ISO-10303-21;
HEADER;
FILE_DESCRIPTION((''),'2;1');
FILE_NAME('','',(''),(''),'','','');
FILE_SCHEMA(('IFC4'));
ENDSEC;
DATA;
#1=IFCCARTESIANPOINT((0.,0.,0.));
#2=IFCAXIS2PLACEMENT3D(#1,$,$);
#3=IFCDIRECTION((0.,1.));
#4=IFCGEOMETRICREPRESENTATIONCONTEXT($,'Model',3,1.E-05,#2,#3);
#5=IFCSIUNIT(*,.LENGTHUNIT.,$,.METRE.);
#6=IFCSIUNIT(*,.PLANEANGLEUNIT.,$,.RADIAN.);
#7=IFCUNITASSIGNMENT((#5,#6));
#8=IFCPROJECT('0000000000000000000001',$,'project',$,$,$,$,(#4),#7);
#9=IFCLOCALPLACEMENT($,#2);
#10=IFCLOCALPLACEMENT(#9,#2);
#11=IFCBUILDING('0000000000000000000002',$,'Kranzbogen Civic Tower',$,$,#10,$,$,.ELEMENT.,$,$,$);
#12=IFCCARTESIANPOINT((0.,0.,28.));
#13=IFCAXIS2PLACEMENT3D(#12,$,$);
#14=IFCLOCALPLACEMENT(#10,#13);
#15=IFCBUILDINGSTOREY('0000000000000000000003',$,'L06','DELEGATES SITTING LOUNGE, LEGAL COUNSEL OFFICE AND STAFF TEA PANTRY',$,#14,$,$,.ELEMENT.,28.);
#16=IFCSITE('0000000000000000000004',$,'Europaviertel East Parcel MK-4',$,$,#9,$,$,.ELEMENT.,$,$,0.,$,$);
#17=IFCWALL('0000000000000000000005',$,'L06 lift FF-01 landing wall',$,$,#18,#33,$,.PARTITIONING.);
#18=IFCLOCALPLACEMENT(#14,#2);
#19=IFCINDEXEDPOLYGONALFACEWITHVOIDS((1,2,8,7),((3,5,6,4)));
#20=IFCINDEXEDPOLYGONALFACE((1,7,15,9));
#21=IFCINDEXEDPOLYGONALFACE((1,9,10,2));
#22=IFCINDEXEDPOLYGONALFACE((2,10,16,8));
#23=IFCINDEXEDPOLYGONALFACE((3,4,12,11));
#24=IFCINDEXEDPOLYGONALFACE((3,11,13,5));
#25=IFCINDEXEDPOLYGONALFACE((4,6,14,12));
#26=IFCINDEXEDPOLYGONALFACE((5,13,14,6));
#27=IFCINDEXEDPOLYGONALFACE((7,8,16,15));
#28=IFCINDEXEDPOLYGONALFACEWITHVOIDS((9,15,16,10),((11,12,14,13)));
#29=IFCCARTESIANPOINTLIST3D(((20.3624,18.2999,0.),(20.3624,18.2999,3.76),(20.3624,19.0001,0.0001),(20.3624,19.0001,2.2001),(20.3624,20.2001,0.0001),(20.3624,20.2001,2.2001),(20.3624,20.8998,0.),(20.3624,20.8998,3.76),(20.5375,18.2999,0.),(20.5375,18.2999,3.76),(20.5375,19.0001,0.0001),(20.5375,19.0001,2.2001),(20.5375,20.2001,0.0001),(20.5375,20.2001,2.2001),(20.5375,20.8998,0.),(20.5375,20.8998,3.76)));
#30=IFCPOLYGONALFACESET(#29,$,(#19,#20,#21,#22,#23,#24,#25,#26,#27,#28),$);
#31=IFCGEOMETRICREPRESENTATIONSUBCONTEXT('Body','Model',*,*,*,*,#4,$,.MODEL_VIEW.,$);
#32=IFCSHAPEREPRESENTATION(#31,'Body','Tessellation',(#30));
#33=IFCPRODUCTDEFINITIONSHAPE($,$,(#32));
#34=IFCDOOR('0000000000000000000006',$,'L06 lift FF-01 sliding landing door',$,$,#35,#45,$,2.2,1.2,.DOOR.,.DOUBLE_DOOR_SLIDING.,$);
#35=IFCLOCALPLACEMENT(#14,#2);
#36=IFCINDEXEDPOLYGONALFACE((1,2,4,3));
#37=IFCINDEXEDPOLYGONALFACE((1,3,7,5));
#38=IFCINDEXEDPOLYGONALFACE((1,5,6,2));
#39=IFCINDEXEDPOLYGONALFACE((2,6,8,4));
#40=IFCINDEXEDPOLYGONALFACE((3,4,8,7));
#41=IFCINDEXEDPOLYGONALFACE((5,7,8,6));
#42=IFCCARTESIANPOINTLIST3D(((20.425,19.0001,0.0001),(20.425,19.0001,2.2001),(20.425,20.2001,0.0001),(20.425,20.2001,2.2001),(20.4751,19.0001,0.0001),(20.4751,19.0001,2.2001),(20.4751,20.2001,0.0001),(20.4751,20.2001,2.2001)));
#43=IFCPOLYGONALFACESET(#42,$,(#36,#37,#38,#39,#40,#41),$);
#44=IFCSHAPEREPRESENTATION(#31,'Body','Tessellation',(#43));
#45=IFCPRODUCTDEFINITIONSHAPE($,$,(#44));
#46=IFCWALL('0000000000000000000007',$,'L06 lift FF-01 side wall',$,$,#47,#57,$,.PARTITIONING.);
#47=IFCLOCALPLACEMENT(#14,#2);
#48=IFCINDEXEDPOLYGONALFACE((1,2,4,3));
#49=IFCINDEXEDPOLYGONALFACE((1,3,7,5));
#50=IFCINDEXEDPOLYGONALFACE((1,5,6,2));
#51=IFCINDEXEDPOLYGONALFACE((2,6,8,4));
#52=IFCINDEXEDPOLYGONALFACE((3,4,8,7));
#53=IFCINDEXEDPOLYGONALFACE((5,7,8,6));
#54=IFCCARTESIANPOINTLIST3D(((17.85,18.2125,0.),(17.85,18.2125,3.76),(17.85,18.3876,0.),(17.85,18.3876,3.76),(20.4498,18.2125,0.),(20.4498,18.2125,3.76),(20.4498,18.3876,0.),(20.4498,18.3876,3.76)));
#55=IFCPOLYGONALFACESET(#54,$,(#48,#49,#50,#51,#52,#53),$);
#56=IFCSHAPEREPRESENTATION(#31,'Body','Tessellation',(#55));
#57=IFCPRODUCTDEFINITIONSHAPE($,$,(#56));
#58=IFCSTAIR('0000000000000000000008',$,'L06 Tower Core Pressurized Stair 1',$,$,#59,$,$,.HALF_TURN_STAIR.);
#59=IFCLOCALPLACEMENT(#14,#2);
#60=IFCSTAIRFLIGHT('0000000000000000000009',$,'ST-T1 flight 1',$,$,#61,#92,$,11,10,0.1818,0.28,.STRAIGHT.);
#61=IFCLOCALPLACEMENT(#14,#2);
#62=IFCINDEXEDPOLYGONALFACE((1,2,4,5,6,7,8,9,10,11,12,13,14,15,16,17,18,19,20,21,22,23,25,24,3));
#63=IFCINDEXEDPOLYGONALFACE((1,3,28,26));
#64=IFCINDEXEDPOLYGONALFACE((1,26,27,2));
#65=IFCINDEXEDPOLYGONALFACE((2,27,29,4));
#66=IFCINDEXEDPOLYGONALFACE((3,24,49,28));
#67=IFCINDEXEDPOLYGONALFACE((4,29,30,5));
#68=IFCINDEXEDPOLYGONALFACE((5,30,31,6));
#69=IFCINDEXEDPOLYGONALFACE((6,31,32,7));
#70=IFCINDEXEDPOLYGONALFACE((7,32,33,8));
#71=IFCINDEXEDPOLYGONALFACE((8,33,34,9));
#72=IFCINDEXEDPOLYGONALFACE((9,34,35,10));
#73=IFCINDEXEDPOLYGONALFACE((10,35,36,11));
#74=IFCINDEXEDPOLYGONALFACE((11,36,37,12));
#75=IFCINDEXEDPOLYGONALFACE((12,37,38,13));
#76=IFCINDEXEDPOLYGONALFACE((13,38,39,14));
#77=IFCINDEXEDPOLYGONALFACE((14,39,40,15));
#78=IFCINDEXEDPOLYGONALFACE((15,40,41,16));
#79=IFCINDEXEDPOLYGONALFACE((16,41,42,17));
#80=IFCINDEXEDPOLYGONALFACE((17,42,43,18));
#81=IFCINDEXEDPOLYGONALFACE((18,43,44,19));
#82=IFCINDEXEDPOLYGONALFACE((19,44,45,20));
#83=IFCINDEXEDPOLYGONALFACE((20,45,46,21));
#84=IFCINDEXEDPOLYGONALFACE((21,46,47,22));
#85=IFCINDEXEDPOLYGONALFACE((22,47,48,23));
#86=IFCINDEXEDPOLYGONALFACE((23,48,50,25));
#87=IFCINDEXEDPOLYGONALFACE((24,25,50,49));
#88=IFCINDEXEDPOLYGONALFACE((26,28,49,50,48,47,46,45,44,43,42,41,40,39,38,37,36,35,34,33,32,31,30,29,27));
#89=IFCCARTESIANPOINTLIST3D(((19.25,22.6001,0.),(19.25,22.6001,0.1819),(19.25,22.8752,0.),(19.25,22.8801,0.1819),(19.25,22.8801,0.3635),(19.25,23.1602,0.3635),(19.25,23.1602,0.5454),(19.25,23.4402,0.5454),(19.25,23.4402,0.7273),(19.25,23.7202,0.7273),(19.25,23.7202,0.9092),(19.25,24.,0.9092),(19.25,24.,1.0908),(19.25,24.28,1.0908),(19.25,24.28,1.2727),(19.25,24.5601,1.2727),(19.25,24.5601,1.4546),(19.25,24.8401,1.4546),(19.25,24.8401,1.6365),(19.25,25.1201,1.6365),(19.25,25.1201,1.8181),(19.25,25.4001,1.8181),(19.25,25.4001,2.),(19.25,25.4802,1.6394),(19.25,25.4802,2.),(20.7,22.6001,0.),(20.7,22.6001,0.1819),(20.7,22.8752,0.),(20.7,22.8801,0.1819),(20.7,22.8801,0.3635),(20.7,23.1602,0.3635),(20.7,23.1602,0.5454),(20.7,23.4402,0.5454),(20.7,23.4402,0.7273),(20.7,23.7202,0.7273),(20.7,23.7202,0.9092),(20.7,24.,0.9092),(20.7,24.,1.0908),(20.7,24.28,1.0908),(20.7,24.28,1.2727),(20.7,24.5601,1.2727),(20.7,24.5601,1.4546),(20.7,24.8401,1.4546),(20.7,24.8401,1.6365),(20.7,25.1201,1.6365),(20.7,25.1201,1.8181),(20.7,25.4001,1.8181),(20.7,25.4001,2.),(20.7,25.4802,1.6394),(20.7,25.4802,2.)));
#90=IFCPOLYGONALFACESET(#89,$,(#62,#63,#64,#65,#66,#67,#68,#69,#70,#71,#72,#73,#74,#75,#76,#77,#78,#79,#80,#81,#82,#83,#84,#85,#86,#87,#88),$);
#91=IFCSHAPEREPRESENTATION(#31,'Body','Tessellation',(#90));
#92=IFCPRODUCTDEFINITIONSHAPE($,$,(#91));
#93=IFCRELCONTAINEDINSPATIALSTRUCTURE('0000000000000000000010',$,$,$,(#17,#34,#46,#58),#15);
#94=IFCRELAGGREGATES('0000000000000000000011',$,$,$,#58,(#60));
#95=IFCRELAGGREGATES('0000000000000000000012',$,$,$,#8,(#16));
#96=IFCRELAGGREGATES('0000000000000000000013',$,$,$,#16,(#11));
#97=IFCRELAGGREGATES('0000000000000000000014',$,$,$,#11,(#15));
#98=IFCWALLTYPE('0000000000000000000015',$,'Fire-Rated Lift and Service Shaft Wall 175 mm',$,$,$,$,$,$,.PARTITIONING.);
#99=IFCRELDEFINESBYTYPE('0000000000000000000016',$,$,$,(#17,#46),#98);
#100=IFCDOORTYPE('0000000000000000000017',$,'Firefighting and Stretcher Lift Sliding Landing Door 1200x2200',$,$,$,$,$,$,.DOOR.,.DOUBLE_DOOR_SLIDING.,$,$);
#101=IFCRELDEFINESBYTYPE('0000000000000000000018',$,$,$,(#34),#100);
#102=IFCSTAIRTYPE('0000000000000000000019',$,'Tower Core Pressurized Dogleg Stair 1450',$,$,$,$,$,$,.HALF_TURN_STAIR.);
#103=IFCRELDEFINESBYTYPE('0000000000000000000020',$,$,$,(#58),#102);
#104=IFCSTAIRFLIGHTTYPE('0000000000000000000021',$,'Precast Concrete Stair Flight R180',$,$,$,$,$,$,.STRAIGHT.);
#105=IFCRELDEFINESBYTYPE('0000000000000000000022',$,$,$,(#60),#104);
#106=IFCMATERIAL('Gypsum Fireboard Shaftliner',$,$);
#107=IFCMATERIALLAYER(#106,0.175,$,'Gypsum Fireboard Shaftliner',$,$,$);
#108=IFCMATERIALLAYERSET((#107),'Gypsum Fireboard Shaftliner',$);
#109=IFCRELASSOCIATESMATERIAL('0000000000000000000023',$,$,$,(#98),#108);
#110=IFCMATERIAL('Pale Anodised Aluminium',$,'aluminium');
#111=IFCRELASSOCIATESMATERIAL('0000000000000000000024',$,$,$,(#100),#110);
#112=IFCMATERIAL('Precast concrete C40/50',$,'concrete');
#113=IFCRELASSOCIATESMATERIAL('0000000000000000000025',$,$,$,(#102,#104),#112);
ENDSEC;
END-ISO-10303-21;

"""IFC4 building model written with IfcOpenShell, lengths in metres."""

from ifc_helpers import new_model, si_unit, direction, frame, frame_2d, origin, place, context, subcontext, project, spatial, polyline, rectangle, outline, extrude, material, layer, layer_set, type_object, element, fill, aggregate, save


model = new_model("IFC4")

# Units and contexts
model_context = context("Model", 3, precision=1e-05, world=origin(), true_north=direction((0.0, 1.0)))
body_context = subcontext(model_context, "Body", "Model", "MODEL_VIEW")
ifc_project = project(units=[si_unit("LENGTHUNIT", "METRE"), si_unit("PLANEANGLEUNIT", "RADIAN")], contexts=[model_context])

# Site, building, storey
site_placement = place(None, origin())
site = spatial("IfcSite", under=ifc_project, at=site_placement, Name="Europaviertel East Parcel MK-4", CompositionType="ELEMENT", RefElevation=0.0)
building_placement = place(site_placement, origin())
building = spatial("IfcBuilding", under=site, at=building_placement, Name="Kranzbogen Civic Tower", CompositionType="ELEMENT")
storey_placement = place(building_placement, frame((0.0, 0.0, 28.0)))
storey = spatial("IfcBuildingStorey", under=building, at=storey_placement, Name="L06", Description="DELEGATES SITTING LOUNGE, LEGAL COUNSEL OFFICE AND STAFF TEA PANTRY", CompositionType="ELEMENT", Elevation=28.0)

# Shared definitions
ifc_material_1 = material(Name="Pale Anodised Aluminium", Category="aluminium")

# Wall, opening, door
ifc_material_2 = material(Name="Gypsum Fireboard Shaftliner")
ifc_layer_1 = layer(ifc_material_2, 0.175, Name="Gypsum Fireboard Shaftliner")
ifc_layer_set_1 = layer_set([ifc_layer_1], Name="Gypsum Fireboard Shaftliner")
wall_type_1 = type_object("IfcWallType", Name="Fire-Rated Lift and Service Shaft Wall 175 mm", PredefinedType="PARTITIONING", material=ifc_layer_set_1)
wall_1_placement = place(storey_placement, frame((20.45, 18.3, 0.0), z_axis=(0.0, 0.0, 1.0), x_axis=(0.0, 1.0, 0.0)))
wall_1 = element("IfcWall", 1, at=wall_1_placement, inside=storey, type_object=wall_type_1, Name="L06 lift FF-01 landing wall", PredefinedType="PARTITIONING", context=body_context, shape_type="SweptSolid", body=[
    extrude(rectangle(XDim=2.5999, YDim=0.175, at=frame_2d((1.2998, 0.0))), origin(), (0.0, 0.0, 1.0), 3.76),
])
opening_1_placement = place(wall_1_placement, frame((0.7, 0.0, 0.0)))
opening_1 = element("IfcOpeningElement", 2, at=opening_1_placement, cuts=wall_1, PredefinedType="OPENING", context=body_context, shape_type="SweptSolid", body=[
    extrude(rectangle(XDim=1.2, YDim=2.2, at=frame_2d((0.6001, 1.1001))), frame((0.0, 0.0977, 0.0), z_axis=(0.0, -1.0, 0.0), x_axis=(1.0, 0.0, 0.0)), (0.0, 0.0, 1.0), 0.1951),
])
door_type_1 = type_object("IfcDoorType", Name="Firefighting and Stretcher Lift Sliding Landing Door 1200x2200", OperationType="DOUBLE_DOOR_SLIDING", PredefinedType="DOOR", material=ifc_material_1)
door_1_placement = place(opening_1_placement, origin())
door_1 = element("IfcDoor", 3, at=door_1_placement, inside=storey, type_object=door_type_1, Name="L06 lift FF-01 sliding landing door", OperationType="DOUBLE_DOOR_SLIDING", OverallHeight=2.2, OverallWidth=1.2, PredefinedType="DOOR", context=body_context, shape_type="SweptSolid", body=[
    extrude(rectangle(XDim=1.2, YDim=2.2, at=frame_2d((0.6001, 1.1001))), frame((0.0, 0.0249, 0.0), z_axis=(0.0, -1.0, 0.0), x_axis=(1.0, 0.0, 0.0)), (0.0, 0.0, 1.0), 0.05),
])
fill(opening_1, door_1)

# Wall
wall_2_placement = place(storey_placement, frame((17.8501, 18.3, 0.0), z_axis=(0.0, 0.0, 1.0), x_axis=(1.0, 0.0, 0.0)))
element("IfcWall", 4, at=wall_2_placement, inside=storey, type_object=wall_type_1, Name="L06 lift FF-01 side wall", PredefinedType="PARTITIONING", context=body_context, shape_type="SweptSolid", body=[
    extrude(rectangle(XDim=2.5999, YDim=0.175, at=frame_2d((1.2998, 0.0))), origin(), (0.0, 0.0, 1.0), 3.76),
])

# Stair, stair flight
ifc_material_3 = material(Name="Precast concrete C40/50", Category="concrete")
stair_type = type_object("IfcStairType", Name="Tower Core Pressurized Dogleg Stair 1450", PredefinedType="HALF_TURN_STAIR", material=ifc_material_3)
stair_placement = place(storey_placement, origin())
stair = element("IfcStair", 5, at=stair_placement, inside=storey, type_object=stair_type, Name="L06 Tower Core Pressurized Stair 1", PredefinedType="HALF_TURN_STAIR")
stair_flight_type = type_object("IfcStairFlightType", Name="Precast Concrete Stair Flight R180", PredefinedType="STRAIGHT", material=ifc_material_3)
stair_flight_placement = place(storey_placement, frame((19.9751, 22.6001, 0.0), z_axis=(0.0, 0.0, 1.0), x_axis=(0.0, 1.0, 0.0)))
stair_flight = element("IfcStairFlight", 6, at=stair_flight_placement, type_object=stair_flight_type, Name="ST-T1 flight 1", NumberOfRisers=11, NumberOfTreads=10, PredefinedType="STRAIGHT", RiserHeight=0.1818, TreadLength=0.28, context=body_context, shape_type="SweptSolid", body=[
    extrude(outline(polyline([(0.0, 0.0), (0.0, 0.1819), (0.28, 0.1819), (0.28, 0.3635), (0.5601, 0.3635), (0.5601, 0.5454), (0.8401, 0.5454), (0.8401, 0.7273), (1.1201, 0.7273), (1.1201, 0.9092), (1.3999, 0.9092), (1.3999, 1.0908), (1.6799, 1.0908), (1.6799, 1.2727), (1.96, 1.2727), (1.96, 1.4546), (2.24, 1.4546), (2.24, 1.6365), (2.52, 1.6365), (2.52, 1.8181), (2.8, 1.8181), (2.8, 2.0), (2.8801, 2.0), (2.8801, 1.6394), (0.2751, 0.0), (0.0, 0.0)])), frame((0.0, 0.7251, 0.0), z_axis=(0.0, -1.0, 0.0), x_axis=(1.0, 0.0, 0.0)), (0.0, 0.0, 1.0), 1.45),
])
aggregate(stair, [stair_flight])

save(model, "model.ifc")
